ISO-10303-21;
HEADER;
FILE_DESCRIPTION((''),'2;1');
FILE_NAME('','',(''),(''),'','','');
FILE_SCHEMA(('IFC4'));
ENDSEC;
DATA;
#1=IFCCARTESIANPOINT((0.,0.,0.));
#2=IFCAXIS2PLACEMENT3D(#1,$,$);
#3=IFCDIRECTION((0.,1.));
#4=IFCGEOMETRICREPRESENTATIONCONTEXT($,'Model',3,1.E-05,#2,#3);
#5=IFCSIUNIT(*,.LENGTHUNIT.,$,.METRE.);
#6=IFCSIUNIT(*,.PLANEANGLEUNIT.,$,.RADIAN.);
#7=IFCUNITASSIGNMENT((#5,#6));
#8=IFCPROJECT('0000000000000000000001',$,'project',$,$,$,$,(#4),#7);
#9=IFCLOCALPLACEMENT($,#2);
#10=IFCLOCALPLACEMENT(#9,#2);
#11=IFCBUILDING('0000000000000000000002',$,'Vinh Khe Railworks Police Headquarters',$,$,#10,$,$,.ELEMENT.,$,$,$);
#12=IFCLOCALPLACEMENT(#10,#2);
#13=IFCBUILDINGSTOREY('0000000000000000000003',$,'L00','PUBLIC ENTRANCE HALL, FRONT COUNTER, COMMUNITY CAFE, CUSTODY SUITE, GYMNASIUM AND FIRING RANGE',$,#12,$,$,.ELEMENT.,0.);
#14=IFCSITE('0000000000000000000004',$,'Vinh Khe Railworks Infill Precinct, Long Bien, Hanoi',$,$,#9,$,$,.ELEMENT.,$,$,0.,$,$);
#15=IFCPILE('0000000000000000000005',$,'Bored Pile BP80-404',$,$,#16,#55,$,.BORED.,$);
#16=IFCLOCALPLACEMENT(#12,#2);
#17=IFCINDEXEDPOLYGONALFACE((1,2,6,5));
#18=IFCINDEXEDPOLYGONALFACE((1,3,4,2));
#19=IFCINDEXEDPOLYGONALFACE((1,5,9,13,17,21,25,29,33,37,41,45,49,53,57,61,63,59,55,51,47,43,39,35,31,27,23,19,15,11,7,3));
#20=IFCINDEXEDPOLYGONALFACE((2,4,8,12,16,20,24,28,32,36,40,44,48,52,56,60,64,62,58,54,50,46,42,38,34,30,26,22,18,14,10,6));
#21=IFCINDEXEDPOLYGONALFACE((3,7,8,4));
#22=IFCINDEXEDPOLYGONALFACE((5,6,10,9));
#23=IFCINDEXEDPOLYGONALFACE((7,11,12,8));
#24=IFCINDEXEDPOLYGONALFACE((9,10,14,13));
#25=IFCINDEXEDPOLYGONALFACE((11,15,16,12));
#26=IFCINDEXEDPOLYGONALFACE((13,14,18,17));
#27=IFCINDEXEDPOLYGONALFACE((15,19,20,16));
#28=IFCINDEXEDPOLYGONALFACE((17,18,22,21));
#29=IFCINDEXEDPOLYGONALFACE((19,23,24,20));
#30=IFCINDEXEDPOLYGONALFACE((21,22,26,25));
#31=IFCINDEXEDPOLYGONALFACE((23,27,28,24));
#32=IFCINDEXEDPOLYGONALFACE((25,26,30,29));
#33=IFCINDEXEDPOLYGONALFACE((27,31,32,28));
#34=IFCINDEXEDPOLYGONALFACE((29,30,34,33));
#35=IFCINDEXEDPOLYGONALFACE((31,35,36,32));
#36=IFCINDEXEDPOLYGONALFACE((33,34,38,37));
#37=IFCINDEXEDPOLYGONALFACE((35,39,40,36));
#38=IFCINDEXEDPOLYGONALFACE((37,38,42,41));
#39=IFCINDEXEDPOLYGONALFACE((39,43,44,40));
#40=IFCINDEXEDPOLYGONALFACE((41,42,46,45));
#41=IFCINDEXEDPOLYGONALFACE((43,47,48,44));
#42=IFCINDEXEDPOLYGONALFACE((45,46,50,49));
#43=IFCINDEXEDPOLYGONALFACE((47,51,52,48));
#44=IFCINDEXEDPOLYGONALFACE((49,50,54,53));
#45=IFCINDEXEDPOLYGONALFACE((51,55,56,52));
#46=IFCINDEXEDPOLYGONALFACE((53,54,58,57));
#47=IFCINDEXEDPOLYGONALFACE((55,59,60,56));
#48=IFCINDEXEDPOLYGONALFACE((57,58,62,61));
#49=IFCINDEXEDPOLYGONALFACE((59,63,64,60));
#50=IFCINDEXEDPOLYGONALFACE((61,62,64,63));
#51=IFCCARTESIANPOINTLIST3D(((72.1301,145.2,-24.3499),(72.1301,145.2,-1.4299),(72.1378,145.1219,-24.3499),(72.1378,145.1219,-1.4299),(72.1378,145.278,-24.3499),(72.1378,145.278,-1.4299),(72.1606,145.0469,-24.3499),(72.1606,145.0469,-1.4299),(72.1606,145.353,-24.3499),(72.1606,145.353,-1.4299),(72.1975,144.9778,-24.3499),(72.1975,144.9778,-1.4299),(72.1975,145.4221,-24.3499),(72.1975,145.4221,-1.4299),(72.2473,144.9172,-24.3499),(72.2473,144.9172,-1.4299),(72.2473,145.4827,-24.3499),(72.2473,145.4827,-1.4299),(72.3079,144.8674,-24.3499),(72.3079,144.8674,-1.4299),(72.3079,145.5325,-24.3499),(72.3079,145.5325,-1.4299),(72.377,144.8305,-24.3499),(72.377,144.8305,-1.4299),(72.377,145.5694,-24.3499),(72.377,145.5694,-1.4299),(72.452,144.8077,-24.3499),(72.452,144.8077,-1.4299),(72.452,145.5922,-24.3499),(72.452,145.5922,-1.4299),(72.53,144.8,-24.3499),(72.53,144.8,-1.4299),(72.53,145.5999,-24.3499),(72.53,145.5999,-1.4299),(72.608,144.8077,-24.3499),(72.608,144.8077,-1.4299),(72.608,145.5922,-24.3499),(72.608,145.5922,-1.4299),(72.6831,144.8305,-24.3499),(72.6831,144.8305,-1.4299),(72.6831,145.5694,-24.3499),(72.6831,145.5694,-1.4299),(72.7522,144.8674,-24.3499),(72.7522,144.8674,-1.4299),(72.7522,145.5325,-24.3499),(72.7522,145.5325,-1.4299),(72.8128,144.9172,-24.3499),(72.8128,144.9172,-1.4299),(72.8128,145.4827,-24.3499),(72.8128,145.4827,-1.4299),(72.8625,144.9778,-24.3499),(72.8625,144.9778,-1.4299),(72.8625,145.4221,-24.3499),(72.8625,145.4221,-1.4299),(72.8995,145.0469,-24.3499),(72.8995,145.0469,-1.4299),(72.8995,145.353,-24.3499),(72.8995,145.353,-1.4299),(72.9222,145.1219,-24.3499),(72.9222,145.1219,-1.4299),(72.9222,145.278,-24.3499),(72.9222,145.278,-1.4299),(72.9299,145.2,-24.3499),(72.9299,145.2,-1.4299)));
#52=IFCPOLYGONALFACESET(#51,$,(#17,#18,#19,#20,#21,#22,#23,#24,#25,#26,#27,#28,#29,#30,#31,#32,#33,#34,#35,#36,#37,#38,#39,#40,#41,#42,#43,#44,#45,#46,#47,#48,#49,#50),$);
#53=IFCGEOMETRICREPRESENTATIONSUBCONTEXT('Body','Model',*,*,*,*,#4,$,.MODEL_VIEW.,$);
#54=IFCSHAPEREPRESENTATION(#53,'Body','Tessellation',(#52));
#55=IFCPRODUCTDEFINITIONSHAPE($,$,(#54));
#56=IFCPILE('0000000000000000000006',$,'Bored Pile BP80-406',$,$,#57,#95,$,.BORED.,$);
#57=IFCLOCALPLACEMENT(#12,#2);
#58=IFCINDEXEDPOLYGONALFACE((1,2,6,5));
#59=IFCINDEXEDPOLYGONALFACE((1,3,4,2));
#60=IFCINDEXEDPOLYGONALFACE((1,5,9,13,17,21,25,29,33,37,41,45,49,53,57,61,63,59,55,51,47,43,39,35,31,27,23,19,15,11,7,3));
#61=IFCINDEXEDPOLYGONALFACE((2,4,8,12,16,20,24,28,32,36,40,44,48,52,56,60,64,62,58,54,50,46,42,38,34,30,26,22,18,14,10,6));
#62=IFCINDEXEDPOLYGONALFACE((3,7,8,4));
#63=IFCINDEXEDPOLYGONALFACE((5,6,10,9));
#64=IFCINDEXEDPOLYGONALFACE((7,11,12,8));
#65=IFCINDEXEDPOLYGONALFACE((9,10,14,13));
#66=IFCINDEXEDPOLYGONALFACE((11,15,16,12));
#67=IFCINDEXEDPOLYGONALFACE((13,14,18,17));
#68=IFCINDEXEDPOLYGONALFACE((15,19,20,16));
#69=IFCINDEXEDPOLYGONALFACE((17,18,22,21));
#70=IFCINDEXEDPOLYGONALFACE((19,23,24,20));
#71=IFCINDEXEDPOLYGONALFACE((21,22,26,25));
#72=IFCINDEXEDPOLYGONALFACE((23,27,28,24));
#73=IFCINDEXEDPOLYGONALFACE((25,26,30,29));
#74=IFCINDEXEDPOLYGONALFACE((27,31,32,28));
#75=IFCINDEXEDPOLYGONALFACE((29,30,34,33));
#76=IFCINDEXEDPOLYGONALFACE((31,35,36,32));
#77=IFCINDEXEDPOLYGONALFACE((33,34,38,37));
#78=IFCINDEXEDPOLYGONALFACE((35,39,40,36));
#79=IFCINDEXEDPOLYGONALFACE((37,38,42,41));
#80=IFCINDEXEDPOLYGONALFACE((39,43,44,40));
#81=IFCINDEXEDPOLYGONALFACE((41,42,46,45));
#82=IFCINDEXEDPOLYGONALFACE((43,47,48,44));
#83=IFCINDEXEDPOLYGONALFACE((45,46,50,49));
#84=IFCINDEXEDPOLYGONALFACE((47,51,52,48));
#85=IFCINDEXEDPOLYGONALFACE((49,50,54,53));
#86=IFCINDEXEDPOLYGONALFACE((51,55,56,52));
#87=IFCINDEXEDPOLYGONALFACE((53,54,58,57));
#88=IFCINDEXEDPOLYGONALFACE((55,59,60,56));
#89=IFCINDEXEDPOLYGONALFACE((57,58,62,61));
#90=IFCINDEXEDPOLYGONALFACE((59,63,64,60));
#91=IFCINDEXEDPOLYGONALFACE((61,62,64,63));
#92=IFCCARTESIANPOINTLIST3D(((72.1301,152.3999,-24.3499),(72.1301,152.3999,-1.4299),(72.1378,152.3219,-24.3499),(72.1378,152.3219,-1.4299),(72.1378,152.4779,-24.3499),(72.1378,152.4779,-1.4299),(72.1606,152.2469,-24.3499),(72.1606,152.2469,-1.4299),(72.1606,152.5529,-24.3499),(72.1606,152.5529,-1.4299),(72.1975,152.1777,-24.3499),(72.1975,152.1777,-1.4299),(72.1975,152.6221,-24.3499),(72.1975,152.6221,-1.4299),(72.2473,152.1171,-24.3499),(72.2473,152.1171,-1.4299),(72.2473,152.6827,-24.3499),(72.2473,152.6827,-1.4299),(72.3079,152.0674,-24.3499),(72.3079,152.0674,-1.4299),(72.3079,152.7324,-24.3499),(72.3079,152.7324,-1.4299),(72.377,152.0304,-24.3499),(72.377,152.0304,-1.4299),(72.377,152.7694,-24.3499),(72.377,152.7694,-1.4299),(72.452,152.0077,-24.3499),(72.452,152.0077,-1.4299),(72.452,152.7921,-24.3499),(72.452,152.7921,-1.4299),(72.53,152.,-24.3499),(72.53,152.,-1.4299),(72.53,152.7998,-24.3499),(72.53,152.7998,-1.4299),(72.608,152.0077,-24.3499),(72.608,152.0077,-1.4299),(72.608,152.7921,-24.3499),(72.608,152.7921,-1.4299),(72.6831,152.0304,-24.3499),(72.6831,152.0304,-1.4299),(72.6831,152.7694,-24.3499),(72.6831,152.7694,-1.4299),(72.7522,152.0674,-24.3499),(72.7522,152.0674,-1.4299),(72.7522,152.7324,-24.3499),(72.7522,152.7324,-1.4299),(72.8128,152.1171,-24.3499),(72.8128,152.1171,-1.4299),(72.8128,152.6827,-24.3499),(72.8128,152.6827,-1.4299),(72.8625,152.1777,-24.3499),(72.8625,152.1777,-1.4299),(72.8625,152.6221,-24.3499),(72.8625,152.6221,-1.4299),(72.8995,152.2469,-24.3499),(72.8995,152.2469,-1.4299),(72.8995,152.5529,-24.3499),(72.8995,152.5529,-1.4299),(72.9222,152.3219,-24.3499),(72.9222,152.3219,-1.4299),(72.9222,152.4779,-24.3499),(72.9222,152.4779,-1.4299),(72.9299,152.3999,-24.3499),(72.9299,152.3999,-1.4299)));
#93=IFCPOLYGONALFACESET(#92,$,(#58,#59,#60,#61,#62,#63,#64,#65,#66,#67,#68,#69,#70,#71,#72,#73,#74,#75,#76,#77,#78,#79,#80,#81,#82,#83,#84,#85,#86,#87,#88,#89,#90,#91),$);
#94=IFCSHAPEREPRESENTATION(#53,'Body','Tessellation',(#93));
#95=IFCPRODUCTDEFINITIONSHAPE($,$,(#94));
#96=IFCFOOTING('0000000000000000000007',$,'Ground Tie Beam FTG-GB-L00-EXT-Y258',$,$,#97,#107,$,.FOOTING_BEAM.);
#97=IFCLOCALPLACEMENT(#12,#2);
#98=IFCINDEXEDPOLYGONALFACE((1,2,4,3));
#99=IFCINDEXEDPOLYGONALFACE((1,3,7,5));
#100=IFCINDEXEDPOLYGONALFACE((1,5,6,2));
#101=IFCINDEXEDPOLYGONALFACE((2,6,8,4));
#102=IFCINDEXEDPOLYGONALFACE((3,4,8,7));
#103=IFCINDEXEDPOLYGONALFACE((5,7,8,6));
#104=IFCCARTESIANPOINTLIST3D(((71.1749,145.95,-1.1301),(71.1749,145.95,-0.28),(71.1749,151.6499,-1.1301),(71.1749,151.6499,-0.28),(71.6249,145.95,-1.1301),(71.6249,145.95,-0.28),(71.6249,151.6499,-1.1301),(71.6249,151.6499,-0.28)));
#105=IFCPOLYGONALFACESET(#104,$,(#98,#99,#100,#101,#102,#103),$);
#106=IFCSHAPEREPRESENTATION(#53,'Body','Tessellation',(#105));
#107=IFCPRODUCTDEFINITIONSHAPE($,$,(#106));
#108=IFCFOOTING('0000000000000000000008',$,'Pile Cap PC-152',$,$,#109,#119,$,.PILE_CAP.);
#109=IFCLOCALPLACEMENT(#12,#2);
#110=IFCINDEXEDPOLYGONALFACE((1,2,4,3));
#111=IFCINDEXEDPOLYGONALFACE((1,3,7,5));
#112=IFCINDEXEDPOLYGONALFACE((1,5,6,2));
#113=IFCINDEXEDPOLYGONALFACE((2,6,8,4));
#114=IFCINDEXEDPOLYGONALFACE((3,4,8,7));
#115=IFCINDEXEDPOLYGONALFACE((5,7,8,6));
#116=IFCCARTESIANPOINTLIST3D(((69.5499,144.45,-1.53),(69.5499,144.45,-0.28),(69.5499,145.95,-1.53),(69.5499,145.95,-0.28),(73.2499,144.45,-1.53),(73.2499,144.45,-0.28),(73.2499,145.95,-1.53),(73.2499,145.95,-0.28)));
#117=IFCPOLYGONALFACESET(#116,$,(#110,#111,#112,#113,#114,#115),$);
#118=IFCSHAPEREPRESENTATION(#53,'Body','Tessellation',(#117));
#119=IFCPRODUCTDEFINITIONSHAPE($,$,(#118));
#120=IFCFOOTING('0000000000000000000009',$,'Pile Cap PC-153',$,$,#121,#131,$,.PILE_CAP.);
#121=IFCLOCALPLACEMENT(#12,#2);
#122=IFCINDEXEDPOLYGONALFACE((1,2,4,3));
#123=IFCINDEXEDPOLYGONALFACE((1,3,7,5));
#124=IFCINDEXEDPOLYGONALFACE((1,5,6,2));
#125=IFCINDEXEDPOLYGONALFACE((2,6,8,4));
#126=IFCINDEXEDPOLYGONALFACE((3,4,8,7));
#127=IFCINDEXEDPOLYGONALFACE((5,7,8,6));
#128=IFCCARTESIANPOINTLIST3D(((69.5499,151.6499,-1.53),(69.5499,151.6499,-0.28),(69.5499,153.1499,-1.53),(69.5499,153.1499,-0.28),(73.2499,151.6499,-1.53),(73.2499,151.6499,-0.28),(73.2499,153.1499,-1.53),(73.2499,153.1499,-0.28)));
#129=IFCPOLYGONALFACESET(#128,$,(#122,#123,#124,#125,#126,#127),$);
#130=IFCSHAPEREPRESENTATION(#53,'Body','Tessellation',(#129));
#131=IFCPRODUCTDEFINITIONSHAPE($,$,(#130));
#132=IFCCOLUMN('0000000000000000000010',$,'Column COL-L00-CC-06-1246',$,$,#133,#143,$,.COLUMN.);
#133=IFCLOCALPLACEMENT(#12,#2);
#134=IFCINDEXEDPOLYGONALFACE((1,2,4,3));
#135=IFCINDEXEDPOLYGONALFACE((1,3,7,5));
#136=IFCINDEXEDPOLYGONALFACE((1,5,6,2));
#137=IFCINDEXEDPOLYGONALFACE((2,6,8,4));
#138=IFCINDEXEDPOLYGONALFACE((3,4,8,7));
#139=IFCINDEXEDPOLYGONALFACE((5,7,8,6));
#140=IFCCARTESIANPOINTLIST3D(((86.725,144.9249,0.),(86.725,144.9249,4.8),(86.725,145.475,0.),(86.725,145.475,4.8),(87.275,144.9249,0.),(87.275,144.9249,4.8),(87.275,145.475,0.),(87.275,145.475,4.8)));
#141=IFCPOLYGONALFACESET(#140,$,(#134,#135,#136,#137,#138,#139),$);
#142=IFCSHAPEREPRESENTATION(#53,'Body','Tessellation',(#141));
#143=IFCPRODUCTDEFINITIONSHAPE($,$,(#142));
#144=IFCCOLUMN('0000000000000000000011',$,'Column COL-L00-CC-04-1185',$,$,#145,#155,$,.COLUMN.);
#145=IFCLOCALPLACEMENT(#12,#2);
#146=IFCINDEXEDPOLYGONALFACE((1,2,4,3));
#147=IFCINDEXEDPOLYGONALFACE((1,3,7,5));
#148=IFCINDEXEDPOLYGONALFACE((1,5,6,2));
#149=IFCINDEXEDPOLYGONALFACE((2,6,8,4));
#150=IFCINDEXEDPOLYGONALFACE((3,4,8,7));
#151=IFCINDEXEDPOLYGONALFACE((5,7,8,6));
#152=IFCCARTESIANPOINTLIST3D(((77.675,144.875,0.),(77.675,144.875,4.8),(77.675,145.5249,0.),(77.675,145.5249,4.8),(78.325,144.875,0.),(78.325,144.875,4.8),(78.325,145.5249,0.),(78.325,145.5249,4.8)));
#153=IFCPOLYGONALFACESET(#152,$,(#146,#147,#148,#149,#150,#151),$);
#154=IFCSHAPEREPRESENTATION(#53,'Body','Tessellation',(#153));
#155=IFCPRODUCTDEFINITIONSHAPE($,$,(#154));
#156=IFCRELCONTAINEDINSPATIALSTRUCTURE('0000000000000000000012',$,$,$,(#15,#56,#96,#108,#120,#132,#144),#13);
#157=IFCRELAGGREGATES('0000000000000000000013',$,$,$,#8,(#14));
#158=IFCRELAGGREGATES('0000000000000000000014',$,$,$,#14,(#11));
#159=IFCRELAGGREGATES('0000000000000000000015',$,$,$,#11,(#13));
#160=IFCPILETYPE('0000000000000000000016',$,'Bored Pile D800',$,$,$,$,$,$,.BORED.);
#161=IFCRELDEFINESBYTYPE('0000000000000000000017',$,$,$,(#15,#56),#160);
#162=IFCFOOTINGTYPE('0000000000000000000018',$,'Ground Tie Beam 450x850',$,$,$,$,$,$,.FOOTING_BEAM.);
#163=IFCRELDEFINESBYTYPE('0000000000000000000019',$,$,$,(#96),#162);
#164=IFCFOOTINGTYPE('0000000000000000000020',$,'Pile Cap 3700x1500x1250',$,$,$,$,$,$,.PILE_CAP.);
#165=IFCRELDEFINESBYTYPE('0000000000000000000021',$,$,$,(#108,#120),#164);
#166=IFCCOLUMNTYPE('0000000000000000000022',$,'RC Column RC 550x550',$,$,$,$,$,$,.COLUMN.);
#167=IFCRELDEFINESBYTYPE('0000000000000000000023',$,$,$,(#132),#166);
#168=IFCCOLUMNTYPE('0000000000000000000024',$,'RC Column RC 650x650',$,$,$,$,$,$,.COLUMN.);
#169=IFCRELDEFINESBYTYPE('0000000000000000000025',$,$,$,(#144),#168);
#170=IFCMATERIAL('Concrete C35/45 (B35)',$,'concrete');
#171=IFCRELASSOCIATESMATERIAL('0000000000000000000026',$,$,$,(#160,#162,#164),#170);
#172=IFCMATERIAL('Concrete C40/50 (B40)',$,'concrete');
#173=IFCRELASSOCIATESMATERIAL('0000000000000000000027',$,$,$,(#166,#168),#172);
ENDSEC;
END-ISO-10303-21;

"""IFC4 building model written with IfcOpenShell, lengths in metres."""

from ifc_helpers import new_model, si_unit, direction, frame, origin, origin_2d, place, context, subcontext, project, spatial, rectangle, circle, extrude, material, material_profile, profile_set, type_object, element, save


model = new_model("IFC4")

# Units and contexts
model_context = context("Model", 3, precision=1e-05, world=origin(), true_north=direction((0.0, 1.0)))
body_context = subcontext(model_context, "Body", "Model", "MODEL_VIEW")
ifc_project = project(units=[si_unit("LENGTHUNIT", "METRE"), si_unit("PLANEANGLEUNIT", "RADIAN")], contexts=[model_context])

# Site, building, storey
site_placement = place(None, origin())
site = spatial("IfcSite", under=ifc_project, at=site_placement, Name="Vinh Khe Railworks Infill Precinct, Long Bien, Hanoi", CompositionType="ELEMENT", RefElevation=0.0)
building_placement = place(site_placement, origin())
building = spatial("IfcBuilding", under=site, at=building_placement, Name="Vinh Khe Railworks Police Headquarters", CompositionType="ELEMENT")
storey_placement = place(building_placement, origin())
storey = spatial("IfcBuildingStorey", under=building, at=storey_placement, Name="L00", Description="PUBLIC ENTRANCE HALL, FRONT COUNTER, COMMUNITY CAFE, CUSTODY SUITE, GYMNASIUM AND FIRING RANGE", CompositionType="ELEMENT", Elevation=0.0)

# Piles
ifc_material_1 = material(Name="Concrete C35/45 (B35)", Category="concrete")
ifc_material_profile_1 = material_profile(ifc_material_1, circle(Radius=0.3999, at=origin_2d()), Name="BORED PILE D800")
ifc_profile_set_1 = profile_set([ifc_material_profile_1], Name="Concrete C35/45 (B35)")
pile_type = type_object("IfcPileType", Name="Bored Pile D800", PredefinedType="BORED", material=ifc_profile_set_1)
for number, where, z_axis, x_axis, name in (
    (1, (72.53, 145.2, -1.4299), (0.0, 0.0, -1.0), (1.0, 0.0, 0.0), "Bored Pile BP80-404"),
    (2, (72.53, 152.3999, -1.4299), (0.0, 0.0, -1.0), (1.0, 0.0, 0.0), "Bored Pile BP80-406"),
):
    element("IfcPile", number, at=place(storey_placement, frame(where, z_axis=z_axis, x_axis=x_axis)), inside=storey, type_object=pile_type, Name=name, PredefinedType="BORED", context=body_context, shape_type="SweptSolid", body=[
        extrude(circle(Radius=0.3999, at=origin_2d()), origin(), (0.0, 0.0, 1.0), 22.9199),
    ])

# Footings
ifc_material_profile_2 = material_profile(ifc_material_1, rectangle(XDim=0.45, YDim=0.8501, at=origin_2d()), Name="RC 450x850")
ifc_profile_set_2 = profile_set([ifc_material_profile_2], Name="Concrete C35/45 (B35)")
footing_type_1 = type_object("IfcFootingType", Name="Ground Tie Beam 450x850", PredefinedType="FOOTING_BEAM", material=ifc_profile_set_2)
footing_placement = place(storey_placement, frame((71.3999, 145.95, -0.7051), z_axis=(0.0, 1.0, 0.0), x_axis=(-1.0, 0.0, 0.0)))
element("IfcFooting", 3, at=footing_placement, inside=storey, type_object=footing_type_1, Name="Ground Tie Beam FTG-GB-L00-EXT-Y258", PredefinedType="FOOTING_BEAM", context=body_context, shape_type="SweptSolid", body=[
    extrude(rectangle(XDim=0.45, YDim=0.8501, at=origin_2d()), origin(), (0.0, 0.0, 1.0), 5.7),
])
footing_type_2 = type_object("IfcFootingType", Name="Pile Cap 3700x1500x1250", PredefinedType="PILE_CAP", material=ifc_material_1)
for number, where, z_axis, x_axis, name in (
    (4, (71.3999, 145.2, -1.53), (0.0, 0.0, 1.0), (1.0, 0.0, 0.0), "Pile Cap PC-152"),
    (5, (71.3999, 152.3999, -1.53), (0.0, 0.0, 1.0), (1.0, 0.0, 0.0), "Pile Cap PC-153"),
):
    element("IfcFooting", number, at=place(storey_placement, frame(where, z_axis=z_axis, x_axis=x_axis)), inside=storey, type_object=footing_type_2, Name=name, PredefinedType="PILE_CAP", context=body_context, shape_type="SweptSolid", body=[
        extrude(rectangle(XDim=3.7, YDim=1.5, at=origin_2d()), origin(), (0.0, 0.0, 1.0), 1.25),
    ])

# Columns
ifc_material_2 = material(Name="Concrete C40/50 (B40)", Category="concrete")
ifc_material_profile_3 = material_profile(ifc_material_2, rectangle(XDim=0.55, YDim=0.55, at=origin_2d()), Name="RC 550x550")
ifc_profile_set_3 = profile_set([ifc_material_profile_3], Name="Concrete C40/50 (B40)")
column_type_1 = type_object("IfcColumnType", Name="RC Column RC 550x550", PredefinedType="COLUMN", material=ifc_profile_set_3)
column_1_placement = place(storey_placement, frame((87.0, 145.2, 0.0), z_axis=(0.0, 0.0, 1.0), x_axis=(1.0, 0.0, 0.0)))
element("IfcColumn", 6, at=column_1_placement, inside=storey, type_object=column_type_1, Name="Column COL-L00-CC-06-1246", PredefinedType="COLUMN", context=body_context, shape_type="SweptSolid", body=[
    extrude(rectangle(XDim=0.55, YDim=0.55, at=origin_2d()), origin(), (0.0, 0.0, 1.0), 4.8),
])
ifc_material_profile_4 = material_profile(ifc_material_2, rectangle(XDim=0.6499, YDim=0.6499, at=origin_2d()), Name="RC 650x650")
ifc_profile_set_4 = profile_set([ifc_material_profile_4], Name="Concrete C40/50 (B40)")
column_type_2 = type_object("IfcColumnType", Name="RC Column RC 650x650", PredefinedType="COLUMN", material=ifc_profile_set_4)
column_2_placement = place(storey_placement, frame((78.0, 145.2, 0.0), z_axis=(0.0, 0.0, 1.0), x_axis=(1.0, 0.0, 0.0)))
element("IfcColumn", 7, at=column_2_placement, inside=storey, type_object=column_type_2, Name="Column COL-L00-CC-04-1185", PredefinedType="COLUMN", context=body_context, shape_type="SweptSolid", body=[
    extrude(rectangle(XDim=0.6499, YDim=0.6499, at=origin_2d()), origin(), (0.0, 0.0, 1.0), 4.8),
])

save(model, "model.ifc")
